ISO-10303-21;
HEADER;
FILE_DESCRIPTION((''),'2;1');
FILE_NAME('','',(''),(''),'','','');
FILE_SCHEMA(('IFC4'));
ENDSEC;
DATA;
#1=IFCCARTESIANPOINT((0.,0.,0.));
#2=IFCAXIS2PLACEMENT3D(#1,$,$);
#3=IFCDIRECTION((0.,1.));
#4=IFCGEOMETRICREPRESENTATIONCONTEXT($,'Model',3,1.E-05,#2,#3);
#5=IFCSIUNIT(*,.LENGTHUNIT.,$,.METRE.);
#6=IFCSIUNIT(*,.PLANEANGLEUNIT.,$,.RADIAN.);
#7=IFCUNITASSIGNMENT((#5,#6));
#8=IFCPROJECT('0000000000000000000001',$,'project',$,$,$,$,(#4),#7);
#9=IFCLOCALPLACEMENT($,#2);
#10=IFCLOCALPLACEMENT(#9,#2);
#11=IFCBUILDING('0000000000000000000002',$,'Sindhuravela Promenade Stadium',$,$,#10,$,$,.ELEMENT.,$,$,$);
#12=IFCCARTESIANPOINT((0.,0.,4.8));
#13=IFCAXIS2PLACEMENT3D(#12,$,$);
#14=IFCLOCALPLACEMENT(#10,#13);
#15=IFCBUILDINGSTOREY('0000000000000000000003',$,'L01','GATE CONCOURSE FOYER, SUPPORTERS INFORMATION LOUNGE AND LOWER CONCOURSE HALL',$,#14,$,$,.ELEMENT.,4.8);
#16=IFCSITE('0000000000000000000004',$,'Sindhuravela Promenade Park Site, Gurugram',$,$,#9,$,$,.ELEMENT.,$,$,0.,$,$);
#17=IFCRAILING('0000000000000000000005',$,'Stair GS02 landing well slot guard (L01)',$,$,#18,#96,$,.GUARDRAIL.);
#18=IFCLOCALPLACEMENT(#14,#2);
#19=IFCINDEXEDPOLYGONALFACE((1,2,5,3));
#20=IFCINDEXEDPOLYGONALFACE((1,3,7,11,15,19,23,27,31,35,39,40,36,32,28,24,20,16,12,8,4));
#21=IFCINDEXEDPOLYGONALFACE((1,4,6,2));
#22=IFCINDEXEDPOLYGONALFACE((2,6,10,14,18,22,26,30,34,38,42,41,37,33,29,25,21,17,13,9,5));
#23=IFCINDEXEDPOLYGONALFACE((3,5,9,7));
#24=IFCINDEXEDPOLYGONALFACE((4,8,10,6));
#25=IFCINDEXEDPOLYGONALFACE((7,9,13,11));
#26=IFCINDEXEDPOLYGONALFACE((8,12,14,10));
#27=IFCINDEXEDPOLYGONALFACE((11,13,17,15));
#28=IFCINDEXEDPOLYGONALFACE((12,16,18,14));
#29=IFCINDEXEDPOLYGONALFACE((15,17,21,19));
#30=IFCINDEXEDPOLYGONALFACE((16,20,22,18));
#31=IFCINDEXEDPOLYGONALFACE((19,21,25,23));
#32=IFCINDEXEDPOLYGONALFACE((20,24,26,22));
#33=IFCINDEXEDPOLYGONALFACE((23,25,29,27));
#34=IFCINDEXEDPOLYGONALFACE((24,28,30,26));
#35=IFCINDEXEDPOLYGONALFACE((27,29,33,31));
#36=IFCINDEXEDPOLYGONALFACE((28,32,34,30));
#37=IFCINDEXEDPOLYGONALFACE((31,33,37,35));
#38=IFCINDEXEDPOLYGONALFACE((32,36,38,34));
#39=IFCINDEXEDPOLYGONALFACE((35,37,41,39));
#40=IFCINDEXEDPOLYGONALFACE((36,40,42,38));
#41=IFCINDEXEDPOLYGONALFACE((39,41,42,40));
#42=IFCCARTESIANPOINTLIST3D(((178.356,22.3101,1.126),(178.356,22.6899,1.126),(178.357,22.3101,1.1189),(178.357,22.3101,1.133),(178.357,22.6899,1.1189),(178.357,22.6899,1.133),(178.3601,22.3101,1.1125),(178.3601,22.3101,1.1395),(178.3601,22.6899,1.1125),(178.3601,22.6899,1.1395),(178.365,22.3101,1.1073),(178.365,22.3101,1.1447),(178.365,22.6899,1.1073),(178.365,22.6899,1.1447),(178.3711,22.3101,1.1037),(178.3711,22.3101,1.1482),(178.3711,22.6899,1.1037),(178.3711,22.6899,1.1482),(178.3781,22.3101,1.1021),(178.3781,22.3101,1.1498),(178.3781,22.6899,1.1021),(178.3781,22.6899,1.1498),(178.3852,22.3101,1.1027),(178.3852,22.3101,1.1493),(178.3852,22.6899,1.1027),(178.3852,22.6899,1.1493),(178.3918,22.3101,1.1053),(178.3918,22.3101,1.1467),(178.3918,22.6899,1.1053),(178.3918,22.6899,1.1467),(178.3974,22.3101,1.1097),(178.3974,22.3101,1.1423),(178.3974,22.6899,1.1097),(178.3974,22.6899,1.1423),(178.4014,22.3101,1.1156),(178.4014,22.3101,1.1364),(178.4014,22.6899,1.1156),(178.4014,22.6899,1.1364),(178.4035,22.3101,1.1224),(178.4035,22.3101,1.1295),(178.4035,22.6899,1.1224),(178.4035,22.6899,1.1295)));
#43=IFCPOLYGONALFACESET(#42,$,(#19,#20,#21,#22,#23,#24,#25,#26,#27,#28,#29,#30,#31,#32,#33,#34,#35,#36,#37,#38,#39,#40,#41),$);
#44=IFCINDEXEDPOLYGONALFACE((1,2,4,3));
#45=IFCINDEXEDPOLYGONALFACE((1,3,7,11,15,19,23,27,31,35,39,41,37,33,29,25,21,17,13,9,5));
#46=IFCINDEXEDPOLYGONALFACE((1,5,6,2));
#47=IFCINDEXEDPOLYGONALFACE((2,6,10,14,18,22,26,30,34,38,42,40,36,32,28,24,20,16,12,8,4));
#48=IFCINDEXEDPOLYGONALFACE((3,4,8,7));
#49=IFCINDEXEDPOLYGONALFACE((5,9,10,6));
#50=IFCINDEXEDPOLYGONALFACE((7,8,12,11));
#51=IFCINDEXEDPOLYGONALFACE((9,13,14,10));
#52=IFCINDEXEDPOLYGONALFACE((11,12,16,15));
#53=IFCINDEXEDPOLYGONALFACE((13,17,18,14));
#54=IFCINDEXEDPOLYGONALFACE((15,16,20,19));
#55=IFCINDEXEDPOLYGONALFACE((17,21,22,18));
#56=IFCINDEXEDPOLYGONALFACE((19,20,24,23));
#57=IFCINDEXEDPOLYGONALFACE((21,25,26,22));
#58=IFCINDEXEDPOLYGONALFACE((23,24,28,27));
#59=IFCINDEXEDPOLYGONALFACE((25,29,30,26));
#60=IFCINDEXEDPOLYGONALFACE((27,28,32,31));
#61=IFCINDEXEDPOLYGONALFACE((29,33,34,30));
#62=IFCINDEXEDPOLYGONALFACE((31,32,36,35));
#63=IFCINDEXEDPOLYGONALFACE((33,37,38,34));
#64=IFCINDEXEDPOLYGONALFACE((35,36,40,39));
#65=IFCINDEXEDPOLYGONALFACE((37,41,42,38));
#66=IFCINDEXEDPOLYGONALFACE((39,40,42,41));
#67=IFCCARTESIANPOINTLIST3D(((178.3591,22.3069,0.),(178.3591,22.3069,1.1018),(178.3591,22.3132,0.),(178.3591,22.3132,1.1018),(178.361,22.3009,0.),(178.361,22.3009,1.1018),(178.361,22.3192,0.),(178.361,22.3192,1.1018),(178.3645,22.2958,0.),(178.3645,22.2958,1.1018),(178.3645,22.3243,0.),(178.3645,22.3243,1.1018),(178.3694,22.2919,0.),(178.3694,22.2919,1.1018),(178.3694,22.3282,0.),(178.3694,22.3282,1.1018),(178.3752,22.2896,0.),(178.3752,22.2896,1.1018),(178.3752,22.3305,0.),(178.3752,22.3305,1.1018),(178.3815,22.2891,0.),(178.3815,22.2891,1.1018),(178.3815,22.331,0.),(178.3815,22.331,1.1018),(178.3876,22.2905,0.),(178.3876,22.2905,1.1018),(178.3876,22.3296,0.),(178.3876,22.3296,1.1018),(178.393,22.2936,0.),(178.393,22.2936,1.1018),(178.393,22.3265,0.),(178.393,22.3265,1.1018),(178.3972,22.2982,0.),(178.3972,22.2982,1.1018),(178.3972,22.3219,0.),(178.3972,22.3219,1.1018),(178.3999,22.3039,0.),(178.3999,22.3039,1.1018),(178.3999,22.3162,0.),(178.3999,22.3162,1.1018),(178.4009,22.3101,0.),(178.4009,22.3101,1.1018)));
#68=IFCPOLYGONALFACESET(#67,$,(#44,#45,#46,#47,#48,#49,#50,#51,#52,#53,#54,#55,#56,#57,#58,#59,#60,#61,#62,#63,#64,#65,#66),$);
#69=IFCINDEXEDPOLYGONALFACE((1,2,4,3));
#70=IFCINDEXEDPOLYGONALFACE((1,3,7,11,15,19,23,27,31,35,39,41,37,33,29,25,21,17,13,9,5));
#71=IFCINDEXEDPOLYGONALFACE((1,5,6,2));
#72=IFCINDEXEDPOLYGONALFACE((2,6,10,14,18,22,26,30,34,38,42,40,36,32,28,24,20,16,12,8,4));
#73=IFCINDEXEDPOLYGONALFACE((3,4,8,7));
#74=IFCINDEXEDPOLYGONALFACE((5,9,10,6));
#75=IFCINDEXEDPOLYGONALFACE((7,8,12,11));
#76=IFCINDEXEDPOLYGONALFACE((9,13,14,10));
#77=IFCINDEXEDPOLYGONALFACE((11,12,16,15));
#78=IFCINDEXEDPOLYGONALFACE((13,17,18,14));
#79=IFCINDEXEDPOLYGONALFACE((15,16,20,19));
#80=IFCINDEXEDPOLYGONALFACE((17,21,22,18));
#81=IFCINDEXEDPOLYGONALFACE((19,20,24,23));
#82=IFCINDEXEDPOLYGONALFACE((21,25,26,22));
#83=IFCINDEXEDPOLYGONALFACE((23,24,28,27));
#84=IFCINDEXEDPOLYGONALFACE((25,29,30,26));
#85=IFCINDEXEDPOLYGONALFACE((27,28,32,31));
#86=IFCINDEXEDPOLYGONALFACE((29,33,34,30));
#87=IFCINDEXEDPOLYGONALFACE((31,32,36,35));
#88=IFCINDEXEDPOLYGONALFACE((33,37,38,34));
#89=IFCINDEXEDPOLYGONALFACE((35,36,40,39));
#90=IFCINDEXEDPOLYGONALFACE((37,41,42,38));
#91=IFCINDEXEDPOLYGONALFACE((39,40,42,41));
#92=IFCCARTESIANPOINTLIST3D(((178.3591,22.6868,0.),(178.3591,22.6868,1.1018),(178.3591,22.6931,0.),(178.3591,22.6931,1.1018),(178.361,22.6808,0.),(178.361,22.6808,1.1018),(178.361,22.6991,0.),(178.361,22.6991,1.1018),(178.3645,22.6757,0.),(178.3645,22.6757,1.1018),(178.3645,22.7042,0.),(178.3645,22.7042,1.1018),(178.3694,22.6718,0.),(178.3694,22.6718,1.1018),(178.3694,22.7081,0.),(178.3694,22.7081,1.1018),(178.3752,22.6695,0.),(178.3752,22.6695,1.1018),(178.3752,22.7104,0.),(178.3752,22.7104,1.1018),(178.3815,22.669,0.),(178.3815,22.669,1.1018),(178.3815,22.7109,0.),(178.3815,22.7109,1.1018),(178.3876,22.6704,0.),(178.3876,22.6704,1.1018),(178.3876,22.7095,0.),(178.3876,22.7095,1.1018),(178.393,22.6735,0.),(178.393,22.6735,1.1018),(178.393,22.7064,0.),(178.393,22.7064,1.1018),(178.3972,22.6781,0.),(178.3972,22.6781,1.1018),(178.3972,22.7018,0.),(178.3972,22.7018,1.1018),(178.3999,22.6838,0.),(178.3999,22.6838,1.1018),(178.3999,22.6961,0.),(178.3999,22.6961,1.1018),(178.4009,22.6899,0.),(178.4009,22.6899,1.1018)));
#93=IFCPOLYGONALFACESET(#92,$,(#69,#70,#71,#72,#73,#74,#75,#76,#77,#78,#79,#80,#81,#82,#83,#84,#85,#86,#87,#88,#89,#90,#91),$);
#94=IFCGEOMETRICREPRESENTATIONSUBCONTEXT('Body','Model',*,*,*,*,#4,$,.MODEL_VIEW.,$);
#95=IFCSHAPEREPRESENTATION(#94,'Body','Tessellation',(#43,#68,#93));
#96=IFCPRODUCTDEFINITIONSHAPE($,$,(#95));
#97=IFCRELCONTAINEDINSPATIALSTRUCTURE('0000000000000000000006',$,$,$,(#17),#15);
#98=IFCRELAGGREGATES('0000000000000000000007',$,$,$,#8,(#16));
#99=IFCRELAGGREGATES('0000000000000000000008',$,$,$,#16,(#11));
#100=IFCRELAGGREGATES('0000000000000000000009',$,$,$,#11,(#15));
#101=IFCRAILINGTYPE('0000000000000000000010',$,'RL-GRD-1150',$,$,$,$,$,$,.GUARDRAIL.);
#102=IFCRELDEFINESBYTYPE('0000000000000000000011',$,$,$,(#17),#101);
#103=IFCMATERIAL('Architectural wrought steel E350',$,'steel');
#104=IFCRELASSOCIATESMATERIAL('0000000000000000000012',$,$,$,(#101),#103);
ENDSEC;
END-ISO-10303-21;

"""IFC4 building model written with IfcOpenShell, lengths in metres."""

from ifc_helpers import new_model, si_unit, direction, frame, origin, origin_2d, place, context, subcontext, project, spatial, circle, extrude, material, type_object, element, save


model = new_model("IFC4")

# Units and contexts
model_context = context("Model", 3, precision=1e-05, world=origin(), true_north=direction((0.0, 1.0)))
body_context = subcontext(model_context, "Body", "Model", "MODEL_VIEW")
ifc_project = project(units=[si_unit("LENGTHUNIT", "METRE"), si_unit("PLANEANGLEUNIT", "RADIAN")], contexts=[model_context])

# Site, building, storey
site_placement = place(None, origin())
site = spatial("IfcSite", under=ifc_project, at=site_placement, Name="Sindhuravela Promenade Park Site, Gurugram", CompositionType="ELEMENT", RefElevation=0.0)
building_placement = place(site_placement, origin())
building = spatial("IfcBuilding", under=site, at=building_placement, Name="Sindhuravela Promenade Stadium", CompositionType="ELEMENT")
storey_placement = place(building_placement, frame((0.0, 0.0, 4.8)))
storey = spatial("IfcBuildingStorey", under=building, at=storey_placement, Name="L01", Description="GATE CONCOURSE FOYER, SUPPORTERS INFORMATION LOUNGE AND LOWER CONCOURSE HALL", CompositionType="ELEMENT", Elevation=4.8)

# Shared definitions
ifc_material_1 = material(Name="Architectural wrought steel E350", Category="steel")

# Railing
railing_type_1 = type_object("IfcRailingType", Name="RL-GRD-1150", PredefinedType="GUARDRAIL", material=ifc_material_1)
railing_1_placement = place(storey_placement, frame((178.3799, 22.3101, 0.0)))
element("IfcRailing", 1, at=railing_1_placement, inside=storey, type_object=railing_type_1, Name="Stair GS02 landing well slot guard (L01)", PredefinedType="GUARDRAIL", context=body_context, shape_type="SweptSolid", body=[
    extrude(circle(Radius=0.0239, at=origin_2d()), frame((0.0, 0.0, 1.126), z_axis=(0.0, 1.0, 0.0), x_axis=(-1.0, 0.0, 0.0)), (0.0, 0.0, 1.0), 0.3799),
    extrude(circle(Radius=0.021, at=origin_2d()), origin(), (0.0, 0.0, 1.0), 1.1018),
    extrude(circle(Radius=0.021, at=origin_2d()), frame((0.0, 0.3799, 0.0)), (0.0, 0.0, 1.0), 1.1018),
])

save(model, "model.ifc")
